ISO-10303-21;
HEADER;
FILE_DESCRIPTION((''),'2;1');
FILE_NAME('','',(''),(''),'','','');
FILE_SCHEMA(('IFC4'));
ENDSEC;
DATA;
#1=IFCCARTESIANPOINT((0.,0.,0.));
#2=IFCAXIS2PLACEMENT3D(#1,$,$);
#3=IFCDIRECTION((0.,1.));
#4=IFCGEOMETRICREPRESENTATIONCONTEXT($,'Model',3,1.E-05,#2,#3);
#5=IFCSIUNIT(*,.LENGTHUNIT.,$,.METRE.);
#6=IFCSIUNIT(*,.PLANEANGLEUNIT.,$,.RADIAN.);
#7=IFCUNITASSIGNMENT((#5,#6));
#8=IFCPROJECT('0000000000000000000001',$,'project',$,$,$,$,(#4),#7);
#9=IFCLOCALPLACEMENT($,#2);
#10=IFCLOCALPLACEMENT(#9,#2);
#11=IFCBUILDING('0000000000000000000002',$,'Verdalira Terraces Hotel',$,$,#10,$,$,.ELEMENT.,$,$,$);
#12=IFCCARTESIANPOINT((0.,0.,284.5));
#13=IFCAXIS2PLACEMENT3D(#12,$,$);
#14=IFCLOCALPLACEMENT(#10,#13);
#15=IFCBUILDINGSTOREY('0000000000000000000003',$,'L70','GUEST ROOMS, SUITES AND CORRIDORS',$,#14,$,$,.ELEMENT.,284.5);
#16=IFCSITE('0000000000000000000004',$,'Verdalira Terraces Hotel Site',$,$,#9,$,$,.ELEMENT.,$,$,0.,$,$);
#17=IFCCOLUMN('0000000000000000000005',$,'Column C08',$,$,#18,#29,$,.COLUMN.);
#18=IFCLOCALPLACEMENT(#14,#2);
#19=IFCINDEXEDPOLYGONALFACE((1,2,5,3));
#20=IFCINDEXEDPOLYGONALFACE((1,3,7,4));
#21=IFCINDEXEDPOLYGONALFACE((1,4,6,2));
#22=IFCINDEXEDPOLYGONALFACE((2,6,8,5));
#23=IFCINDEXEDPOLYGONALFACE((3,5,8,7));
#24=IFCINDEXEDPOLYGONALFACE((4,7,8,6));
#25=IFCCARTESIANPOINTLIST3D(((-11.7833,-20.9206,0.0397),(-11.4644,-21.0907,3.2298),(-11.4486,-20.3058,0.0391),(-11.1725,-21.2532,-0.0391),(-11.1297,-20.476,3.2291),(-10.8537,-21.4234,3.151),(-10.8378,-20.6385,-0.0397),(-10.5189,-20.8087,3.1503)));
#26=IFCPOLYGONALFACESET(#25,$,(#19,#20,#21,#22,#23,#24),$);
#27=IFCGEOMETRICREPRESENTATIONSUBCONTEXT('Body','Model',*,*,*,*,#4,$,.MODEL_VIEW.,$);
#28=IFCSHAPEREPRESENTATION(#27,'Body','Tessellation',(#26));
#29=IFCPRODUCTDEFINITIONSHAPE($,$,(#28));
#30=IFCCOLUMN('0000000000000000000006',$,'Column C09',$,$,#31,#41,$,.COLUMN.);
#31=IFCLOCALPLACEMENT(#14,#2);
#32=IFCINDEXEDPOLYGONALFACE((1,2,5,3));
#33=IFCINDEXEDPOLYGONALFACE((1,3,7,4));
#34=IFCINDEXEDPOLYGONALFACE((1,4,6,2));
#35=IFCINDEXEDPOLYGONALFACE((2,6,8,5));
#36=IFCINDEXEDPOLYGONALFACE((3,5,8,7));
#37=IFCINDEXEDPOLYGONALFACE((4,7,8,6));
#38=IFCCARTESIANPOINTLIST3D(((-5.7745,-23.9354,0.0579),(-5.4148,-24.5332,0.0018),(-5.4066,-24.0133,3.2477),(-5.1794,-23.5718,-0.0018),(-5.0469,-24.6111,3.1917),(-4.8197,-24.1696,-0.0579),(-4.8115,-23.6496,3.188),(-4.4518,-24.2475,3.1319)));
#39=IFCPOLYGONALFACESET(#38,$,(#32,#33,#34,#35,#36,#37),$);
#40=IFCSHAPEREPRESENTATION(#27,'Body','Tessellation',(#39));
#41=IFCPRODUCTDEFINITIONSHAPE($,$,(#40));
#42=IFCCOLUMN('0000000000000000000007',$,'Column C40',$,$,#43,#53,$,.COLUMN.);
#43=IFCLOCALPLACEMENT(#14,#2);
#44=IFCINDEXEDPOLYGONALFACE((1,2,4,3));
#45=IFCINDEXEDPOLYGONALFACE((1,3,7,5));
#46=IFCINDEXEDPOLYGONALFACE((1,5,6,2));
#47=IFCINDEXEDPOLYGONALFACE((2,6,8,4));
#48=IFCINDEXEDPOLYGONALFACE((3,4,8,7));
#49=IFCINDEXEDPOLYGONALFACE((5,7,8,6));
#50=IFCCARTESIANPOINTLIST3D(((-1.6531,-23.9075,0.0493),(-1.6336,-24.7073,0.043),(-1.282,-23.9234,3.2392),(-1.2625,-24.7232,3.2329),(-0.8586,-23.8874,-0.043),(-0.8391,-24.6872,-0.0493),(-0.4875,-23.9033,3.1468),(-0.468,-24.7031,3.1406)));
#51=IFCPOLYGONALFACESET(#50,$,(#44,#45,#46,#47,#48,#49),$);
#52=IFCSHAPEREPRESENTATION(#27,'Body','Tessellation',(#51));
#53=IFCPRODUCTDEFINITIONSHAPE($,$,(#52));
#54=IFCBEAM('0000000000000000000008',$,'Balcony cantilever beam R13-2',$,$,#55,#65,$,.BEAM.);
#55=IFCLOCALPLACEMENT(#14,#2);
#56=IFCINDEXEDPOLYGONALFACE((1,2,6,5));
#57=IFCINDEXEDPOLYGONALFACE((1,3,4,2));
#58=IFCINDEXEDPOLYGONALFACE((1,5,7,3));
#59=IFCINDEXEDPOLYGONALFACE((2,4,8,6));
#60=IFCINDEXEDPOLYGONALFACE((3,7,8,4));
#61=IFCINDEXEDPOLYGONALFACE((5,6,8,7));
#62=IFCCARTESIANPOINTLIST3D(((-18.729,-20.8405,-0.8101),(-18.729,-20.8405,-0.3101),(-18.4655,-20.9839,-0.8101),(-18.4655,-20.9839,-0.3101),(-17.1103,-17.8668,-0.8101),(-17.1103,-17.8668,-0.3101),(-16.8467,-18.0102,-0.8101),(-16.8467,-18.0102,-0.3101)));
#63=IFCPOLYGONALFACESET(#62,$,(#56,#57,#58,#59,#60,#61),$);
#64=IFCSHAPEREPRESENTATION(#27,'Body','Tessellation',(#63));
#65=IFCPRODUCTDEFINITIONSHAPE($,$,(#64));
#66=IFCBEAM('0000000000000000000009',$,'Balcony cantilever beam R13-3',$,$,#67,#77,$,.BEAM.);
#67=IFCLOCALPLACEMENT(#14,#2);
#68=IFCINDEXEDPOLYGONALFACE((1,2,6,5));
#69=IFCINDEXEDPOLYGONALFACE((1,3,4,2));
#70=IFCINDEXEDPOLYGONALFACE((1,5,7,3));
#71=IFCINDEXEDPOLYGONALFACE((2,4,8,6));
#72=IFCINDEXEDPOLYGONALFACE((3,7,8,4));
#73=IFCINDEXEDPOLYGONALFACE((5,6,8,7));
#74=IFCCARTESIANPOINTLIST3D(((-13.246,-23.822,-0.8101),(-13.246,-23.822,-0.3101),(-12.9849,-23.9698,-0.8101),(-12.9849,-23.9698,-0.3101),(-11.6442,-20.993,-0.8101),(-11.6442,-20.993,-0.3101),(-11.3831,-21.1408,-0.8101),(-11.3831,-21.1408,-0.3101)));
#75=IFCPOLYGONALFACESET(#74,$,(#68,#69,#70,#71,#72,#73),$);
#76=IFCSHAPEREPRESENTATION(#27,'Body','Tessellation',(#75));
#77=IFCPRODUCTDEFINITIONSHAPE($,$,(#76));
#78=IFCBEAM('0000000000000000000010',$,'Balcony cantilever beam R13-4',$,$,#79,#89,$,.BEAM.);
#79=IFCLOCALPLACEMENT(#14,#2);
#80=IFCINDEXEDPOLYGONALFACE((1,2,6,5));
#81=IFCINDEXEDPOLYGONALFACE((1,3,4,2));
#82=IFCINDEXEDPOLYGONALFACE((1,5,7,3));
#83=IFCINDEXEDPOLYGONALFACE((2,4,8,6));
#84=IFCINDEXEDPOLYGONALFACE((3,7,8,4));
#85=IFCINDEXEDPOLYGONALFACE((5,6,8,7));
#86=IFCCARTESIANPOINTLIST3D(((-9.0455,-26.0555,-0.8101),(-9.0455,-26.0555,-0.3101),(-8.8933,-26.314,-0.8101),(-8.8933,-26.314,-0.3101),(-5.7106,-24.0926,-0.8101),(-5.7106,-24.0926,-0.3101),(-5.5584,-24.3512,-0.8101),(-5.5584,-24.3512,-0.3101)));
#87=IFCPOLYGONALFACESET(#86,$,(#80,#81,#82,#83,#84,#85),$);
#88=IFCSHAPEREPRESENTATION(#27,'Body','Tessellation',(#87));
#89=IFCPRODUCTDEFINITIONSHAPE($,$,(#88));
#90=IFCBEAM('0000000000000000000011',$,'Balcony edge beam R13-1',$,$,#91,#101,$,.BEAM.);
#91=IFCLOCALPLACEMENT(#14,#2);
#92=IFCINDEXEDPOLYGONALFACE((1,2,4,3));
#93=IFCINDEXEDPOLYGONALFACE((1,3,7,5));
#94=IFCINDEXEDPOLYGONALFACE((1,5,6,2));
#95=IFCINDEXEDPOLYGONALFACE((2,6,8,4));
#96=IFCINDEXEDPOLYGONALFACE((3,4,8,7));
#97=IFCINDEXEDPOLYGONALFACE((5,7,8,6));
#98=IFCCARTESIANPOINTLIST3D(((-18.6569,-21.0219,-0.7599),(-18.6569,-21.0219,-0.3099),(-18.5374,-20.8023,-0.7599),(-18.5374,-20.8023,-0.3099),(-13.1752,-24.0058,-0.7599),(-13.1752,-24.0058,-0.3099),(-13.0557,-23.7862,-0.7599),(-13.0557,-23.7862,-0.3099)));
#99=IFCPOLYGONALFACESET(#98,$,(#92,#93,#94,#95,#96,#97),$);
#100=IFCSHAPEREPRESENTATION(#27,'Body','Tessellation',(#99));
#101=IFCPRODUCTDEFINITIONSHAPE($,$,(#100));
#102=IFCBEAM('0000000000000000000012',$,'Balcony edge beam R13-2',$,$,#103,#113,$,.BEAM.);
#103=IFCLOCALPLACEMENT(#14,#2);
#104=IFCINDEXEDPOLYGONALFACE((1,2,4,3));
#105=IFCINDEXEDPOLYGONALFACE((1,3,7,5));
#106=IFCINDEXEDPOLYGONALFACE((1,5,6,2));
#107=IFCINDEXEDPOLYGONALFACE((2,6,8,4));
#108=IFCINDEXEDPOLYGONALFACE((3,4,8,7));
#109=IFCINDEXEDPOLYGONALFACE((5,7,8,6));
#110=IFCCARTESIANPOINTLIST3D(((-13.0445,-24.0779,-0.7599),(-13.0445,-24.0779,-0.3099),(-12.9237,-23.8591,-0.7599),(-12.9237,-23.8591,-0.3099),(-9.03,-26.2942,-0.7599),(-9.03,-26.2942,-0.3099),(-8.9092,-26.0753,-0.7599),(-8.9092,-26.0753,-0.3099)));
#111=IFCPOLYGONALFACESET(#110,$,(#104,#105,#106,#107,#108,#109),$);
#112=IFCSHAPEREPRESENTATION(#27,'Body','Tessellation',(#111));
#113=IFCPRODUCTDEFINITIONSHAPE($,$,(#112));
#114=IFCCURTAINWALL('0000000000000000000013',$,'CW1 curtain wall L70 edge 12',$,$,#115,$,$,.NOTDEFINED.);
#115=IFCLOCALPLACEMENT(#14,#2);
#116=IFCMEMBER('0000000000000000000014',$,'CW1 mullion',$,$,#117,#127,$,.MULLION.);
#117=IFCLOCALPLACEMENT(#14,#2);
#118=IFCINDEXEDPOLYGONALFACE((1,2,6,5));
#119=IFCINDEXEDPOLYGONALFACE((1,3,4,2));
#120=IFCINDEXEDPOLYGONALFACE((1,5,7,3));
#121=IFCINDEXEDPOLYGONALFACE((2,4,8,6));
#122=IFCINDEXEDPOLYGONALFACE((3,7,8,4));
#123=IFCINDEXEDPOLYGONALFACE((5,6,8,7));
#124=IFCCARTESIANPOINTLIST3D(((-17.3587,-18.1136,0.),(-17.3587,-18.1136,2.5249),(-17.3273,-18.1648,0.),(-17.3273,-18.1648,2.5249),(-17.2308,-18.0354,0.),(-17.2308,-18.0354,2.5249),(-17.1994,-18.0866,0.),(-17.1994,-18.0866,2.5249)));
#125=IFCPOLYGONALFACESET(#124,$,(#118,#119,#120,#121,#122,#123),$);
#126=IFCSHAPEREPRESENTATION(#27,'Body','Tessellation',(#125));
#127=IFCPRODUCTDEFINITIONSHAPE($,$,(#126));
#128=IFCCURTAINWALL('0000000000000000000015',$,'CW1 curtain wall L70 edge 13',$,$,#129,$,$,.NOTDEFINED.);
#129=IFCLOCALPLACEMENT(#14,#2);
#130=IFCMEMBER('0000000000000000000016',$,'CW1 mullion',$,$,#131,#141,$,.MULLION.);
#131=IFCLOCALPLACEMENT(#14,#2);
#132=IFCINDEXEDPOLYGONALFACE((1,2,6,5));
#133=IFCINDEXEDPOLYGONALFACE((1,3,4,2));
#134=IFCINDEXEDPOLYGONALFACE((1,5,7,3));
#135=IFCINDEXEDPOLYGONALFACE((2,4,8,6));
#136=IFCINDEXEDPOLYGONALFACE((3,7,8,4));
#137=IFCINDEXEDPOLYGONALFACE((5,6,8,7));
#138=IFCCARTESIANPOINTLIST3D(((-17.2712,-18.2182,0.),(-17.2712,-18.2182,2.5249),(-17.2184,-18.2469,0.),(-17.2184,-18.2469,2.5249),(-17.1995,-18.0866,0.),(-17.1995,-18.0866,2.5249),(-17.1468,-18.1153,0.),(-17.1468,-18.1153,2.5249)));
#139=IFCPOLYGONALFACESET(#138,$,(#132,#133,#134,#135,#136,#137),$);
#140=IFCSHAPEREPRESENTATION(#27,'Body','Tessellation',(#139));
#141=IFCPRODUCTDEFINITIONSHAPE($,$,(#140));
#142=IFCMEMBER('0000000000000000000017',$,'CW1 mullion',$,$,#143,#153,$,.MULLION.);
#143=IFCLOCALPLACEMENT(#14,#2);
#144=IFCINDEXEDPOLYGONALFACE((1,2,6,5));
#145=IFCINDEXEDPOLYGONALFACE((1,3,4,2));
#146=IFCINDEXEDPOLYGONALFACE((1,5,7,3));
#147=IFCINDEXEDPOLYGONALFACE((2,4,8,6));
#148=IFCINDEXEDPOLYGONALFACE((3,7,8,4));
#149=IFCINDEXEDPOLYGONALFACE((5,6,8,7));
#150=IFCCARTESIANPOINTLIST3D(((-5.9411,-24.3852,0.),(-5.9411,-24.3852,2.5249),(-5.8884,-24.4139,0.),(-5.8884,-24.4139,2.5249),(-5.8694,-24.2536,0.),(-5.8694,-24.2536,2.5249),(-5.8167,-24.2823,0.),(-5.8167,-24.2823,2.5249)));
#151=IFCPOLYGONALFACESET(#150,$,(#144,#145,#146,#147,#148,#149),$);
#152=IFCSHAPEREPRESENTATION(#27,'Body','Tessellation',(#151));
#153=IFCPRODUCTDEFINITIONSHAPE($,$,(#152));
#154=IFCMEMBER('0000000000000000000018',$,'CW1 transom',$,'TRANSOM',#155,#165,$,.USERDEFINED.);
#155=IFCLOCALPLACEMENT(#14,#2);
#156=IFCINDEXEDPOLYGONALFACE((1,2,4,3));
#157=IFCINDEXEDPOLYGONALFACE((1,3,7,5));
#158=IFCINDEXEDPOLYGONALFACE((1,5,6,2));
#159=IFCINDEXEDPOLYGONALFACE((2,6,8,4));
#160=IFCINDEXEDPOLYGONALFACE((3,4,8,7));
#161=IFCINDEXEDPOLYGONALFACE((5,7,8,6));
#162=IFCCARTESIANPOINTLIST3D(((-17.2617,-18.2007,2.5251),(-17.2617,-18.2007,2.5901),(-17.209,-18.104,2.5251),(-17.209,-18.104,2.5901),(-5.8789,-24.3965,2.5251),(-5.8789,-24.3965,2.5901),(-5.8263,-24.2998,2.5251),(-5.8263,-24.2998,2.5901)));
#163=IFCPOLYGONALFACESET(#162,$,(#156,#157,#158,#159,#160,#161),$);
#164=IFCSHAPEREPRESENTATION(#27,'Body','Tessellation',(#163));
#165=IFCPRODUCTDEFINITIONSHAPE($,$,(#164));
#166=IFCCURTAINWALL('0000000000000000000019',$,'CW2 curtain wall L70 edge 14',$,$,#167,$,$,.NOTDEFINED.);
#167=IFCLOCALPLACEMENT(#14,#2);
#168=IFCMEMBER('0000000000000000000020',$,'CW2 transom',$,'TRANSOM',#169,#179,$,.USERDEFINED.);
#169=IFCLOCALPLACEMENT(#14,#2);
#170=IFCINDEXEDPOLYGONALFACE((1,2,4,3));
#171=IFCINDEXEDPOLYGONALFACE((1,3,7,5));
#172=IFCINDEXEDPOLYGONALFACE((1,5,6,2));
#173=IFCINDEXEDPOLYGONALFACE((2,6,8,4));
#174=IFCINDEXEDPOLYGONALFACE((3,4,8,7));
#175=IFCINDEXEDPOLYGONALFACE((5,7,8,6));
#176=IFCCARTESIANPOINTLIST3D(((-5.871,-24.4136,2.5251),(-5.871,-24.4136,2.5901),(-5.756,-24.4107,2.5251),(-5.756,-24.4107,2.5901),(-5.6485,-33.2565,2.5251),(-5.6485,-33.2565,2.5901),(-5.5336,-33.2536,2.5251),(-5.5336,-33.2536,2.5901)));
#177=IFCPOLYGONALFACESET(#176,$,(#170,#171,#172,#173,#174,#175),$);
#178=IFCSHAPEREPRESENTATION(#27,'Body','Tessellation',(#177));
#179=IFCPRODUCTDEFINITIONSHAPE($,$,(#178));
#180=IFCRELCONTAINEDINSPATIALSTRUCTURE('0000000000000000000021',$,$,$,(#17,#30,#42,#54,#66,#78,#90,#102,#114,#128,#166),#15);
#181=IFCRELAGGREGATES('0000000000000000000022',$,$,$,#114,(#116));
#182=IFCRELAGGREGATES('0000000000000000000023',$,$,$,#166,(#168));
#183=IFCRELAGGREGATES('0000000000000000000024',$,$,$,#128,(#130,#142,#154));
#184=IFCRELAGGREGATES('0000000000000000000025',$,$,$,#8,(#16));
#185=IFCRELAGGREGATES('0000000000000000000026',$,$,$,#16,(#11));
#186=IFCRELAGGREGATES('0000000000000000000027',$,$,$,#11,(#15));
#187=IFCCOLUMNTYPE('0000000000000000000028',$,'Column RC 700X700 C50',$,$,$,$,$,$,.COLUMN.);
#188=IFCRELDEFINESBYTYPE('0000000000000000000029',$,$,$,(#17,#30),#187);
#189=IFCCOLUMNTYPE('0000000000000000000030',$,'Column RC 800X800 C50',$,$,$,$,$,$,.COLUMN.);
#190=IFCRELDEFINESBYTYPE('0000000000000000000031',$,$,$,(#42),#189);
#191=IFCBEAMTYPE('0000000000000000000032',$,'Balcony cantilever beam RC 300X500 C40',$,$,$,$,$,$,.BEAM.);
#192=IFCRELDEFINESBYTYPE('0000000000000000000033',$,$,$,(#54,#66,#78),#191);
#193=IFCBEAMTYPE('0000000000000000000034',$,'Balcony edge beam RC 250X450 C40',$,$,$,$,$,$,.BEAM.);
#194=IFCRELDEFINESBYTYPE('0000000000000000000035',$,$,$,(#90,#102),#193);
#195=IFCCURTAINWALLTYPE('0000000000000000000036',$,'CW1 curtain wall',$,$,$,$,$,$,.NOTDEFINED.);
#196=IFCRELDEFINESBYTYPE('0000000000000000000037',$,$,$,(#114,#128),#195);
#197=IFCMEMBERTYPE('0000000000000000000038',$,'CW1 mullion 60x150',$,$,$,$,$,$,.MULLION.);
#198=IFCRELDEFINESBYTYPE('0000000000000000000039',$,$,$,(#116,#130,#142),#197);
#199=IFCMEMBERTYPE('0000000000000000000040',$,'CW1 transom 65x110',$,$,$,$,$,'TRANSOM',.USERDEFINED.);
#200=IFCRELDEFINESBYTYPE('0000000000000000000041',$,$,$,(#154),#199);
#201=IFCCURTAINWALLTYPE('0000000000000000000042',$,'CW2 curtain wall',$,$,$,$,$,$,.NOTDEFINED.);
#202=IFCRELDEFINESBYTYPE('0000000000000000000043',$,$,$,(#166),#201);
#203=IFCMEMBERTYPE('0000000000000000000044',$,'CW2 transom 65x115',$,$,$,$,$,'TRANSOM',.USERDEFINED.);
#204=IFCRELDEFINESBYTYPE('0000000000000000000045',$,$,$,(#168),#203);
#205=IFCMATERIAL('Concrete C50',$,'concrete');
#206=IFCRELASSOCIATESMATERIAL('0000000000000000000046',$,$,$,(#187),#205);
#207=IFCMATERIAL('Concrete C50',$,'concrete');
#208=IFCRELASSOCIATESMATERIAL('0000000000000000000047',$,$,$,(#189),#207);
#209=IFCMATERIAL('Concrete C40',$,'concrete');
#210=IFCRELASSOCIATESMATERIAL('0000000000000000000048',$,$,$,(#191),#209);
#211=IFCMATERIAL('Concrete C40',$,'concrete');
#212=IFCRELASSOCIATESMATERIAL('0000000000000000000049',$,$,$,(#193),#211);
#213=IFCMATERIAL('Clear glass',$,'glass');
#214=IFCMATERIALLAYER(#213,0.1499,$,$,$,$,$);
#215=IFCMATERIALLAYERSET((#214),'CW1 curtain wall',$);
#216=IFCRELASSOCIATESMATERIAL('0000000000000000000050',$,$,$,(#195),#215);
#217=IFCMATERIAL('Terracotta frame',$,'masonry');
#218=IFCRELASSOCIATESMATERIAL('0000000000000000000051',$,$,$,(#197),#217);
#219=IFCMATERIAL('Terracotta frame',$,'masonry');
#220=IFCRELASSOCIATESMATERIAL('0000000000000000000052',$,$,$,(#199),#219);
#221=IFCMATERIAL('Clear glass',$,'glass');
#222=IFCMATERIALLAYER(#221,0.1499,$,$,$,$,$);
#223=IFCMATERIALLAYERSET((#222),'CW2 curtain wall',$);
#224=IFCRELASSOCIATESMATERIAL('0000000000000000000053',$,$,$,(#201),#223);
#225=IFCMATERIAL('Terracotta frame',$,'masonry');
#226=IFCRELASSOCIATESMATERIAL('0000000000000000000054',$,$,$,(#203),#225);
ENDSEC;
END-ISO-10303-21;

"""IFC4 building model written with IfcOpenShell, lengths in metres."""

from ifc_helpers import new_model, si_unit, direction, frame, origin, origin_2d, place, context, subcontext, project, spatial, rectangle, extrude, material, layer, layer_set, material_profile, profile_set, type_object, element, aggregate, save


model = new_model("IFC4")

# Units and contexts
model_context = context("Model", 3, precision=1e-05, world=origin(), true_north=direction((0.0, 1.0)))
body_context = subcontext(model_context, "Body", "Model", "MODEL_VIEW")
ifc_project = project(units=[si_unit("LENGTHUNIT", "METRE"), si_unit("PLANEANGLEUNIT", "RADIAN")], contexts=[model_context])

# Site, building, storey
site_placement = place(None, origin())
site = spatial("IfcSite", under=ifc_project, at=site_placement, Name="Verdalira Terraces Hotel Site", CompositionType="ELEMENT", RefElevation=0.0)
building_placement = place(site_placement, origin())
building = spatial("IfcBuilding", under=site, at=building_placement, Name="Verdalira Terraces Hotel", CompositionType="ELEMENT")
storey_placement = place(building_placement, frame((0.0, 0.0, 284.5)))
storey = spatial("IfcBuildingStorey", under=building, at=storey_placement, Name="L70", Description="GUEST ROOMS, SUITES AND CORRIDORS", CompositionType="ELEMENT", Elevation=284.5)

# Columns
ifc_material_1 = material(Name="Concrete C50", Category="concrete")
ifc_material_profile_1 = material_profile(ifc_material_1, rectangle(XDim=0.7, YDim=0.7, at=origin_2d()), Name="RC 700X700")
ifc_profile_set_1 = profile_set([ifc_material_profile_1], Name="Concrete C50")
column_type_1 = type_object("IfcColumnType", Name="Column RC 700X700 C50", PredefinedType="COLUMN", material=ifc_profile_set_1)
column_1_placement = place(storey_placement, frame((-11.3105, -20.7795, 0.0), z_axis=(0.099319, -0.053005, 0.993643), x_axis=(0.872613, -0.475262, -0.112574)))
element("IfcColumn", 1, at=column_1_placement, inside=storey, type_object=column_type_1, Name="Column C08", PredefinedType="COLUMN", context=body_context, shape_type="SweptSolid", body=[
    extrude(rectangle(XDim=0.7, YDim=0.7, at=origin_2d()), origin(), (0.0, 0.0, 1.0), 3.2104),
])
column_2_placement = place(storey_placement, frame((-5.2971, -24.0525, 0.0), z_axis=(0.114544, -0.024247, 0.993122), x_axis=(-0.513885, 0.854109, 0.080123)))
element("IfcColumn", 2, at=column_2_placement, inside=storey, type_object=column_type_1, Name="Column C09", PredefinedType="COLUMN", context=body_context, shape_type="SweptSolid", body=[
    extrude(rectangle(XDim=0.7, YDim=0.7, at=origin_2d()), origin(), (0.0, 0.0, 1.0), 3.2119),
])
ifc_material_2 = material(Name="Concrete C50", Category="concrete")
ifc_material_profile_2 = material_profile(ifc_material_2, rectangle(XDim=0.8, YDim=0.8, at=origin_2d()), Name="RC 800X800")
ifc_profile_set_2 = profile_set([ifc_material_profile_2], Name="Concrete C50")
column_type_2 = type_object("IfcColumnType", Name="Column RC 800X800 C50", PredefinedType="COLUMN", material=ifc_profile_set_2)
column_3_placement = place(storey_placement, frame((-1.2461, -24.2974, 0.0), z_axis=(0.115552, -0.004941, 0.993289), x_axis=(0.024354, -0.999673, -0.007806)))
element("IfcColumn", 3, at=column_3_placement, inside=storey, type_object=column_type_2, Name="Column C40", PredefinedType="COLUMN", context=body_context, shape_type="SweptSolid", body=[
    extrude(rectangle(XDim=0.8, YDim=0.8, at=origin_2d()), origin(), (0.0, 0.0, 1.0), 3.2114),
])

# Beams
ifc_material_3 = material(Name="Concrete C40", Category="concrete")
ifc_material_profile_3 = material_profile(ifc_material_3, rectangle(XDim=0.3, YDim=0.5, at=origin_2d()), Name="RC 300X500")
ifc_profile_set_3 = profile_set([ifc_material_profile_3], Name="Concrete C40")
beam_type_1 = type_object("IfcBeamType", Name="Balcony cantilever beam RC 300X500 C40", PredefinedType="BEAM", material=ifc_profile_set_3)
beam_1_placement = place(storey_placement, frame((-16.9785, -17.9385, -0.5601), z_axis=(-0.478094, -0.878309, 0.0), x_axis=(0.878309, -0.478094, 0.0)))
element("IfcBeam", 4, at=beam_1_placement, inside=storey, type_object=beam_type_1, Name="Balcony cantilever beam R13-2", PredefinedType="BEAM", context=body_context, shape_type="SweptSolid", body=[
    extrude(rectangle(XDim=0.3, YDim=0.5, at=origin_2d()), origin(), (0.0, 0.0, 1.0), 3.3857),
])
beam_2_placement = place(storey_placement, frame((-11.5137, -21.0669, -0.5601), z_axis=(-0.492698, -0.8702, 0.0), x_axis=(0.8702, -0.492698, 0.0)))
element("IfcBeam", 5, at=beam_2_placement, inside=storey, type_object=beam_type_1, Name="Balcony cantilever beam R13-3", PredefinedType="BEAM", context=body_context, shape_type="SweptSolid", body=[
    extrude(rectangle(XDim=0.3, YDim=0.5, at=origin_2d()), origin(), (0.0, 0.0, 1.0), 3.251),
])
beam_3_placement = place(storey_placement, frame((-5.6345, -24.2219, -0.5601), z_axis=(-0.861804, -0.507241, 0.0), x_axis=(0.507241, -0.861804, 0.0)))
element("IfcBeam", 6, at=beam_3_placement, inside=storey, type_object=beam_type_1, Name="Balcony cantilever beam R13-4", PredefinedType="BEAM", context=body_context, shape_type="SweptSolid", body=[
    extrude(rectangle(XDim=0.3, YDim=0.5, at=origin_2d()), origin(), (0.0, 0.0, 1.0), 3.8696),
])
ifc_material_4 = material(Name="Concrete C40", Category="concrete")
ifc_material_profile_4 = material_profile(ifc_material_4, rectangle(XDim=0.25, YDim=0.45, at=origin_2d()), Name="RC 250X450")
ifc_profile_set_4 = profile_set([ifc_material_profile_4], Name="Concrete C40")
beam_type_2 = type_object("IfcBeamType", Name="Balcony edge beam RC 250X450 C40", PredefinedType="BEAM", material=ifc_profile_set_4)
beam_4_placement = place(storey_placement, frame((-18.5972, -20.9121, -0.5349), z_axis=(0.878308, -0.478096, 0.0), x_axis=(0.478096, 0.878308, 0.0)))
element("IfcBeam", 7, at=beam_4_placement, inside=storey, type_object=beam_type_2, Name="Balcony edge beam R13-1", PredefinedType="BEAM", context=body_context, shape_type="SweptSolid", body=[
    extrude(rectangle(XDim=0.25, YDim=0.45, at=origin_2d()), origin(), (0.0, 0.0, 1.0), 6.2412),
])
beam_5_placement = place(storey_placement, frame((-12.9841, -23.9685, -0.5349), z_axis=(0.875455, -0.4833, 0.0), x_axis=(0.4833, 0.875455, 0.0)))
element("IfcBeam", 8, at=beam_5_placement, inside=storey, type_object=beam_type_2, Name="Balcony edge beam R13-2", PredefinedType="BEAM", context=body_context, shape_type="SweptSolid", body=[
    extrude(rectangle(XDim=0.25, YDim=0.45, at=origin_2d()), origin(), (0.0, 0.0, 1.0), 4.5857),
])

# Curtain wall, member
ifc_material_5 = material(Name="Clear glass", Category="glass")
ifc_layer_1 = layer(ifc_material_5, 0.1499)
ifc_layer_set_1 = layer_set([ifc_layer_1], Name="CW1 curtain wall")
curtain_wall_type_1 = type_object("IfcCurtainWallType", Name="CW1 curtain wall", PredefinedType="NOTDEFINED", material=ifc_layer_set_1)
curtain_wall_1_placement = place(storey_placement, origin())
curtain_wall_1 = element("IfcCurtainWall", 9, at=curtain_wall_1_placement, inside=storey, type_object=curtain_wall_type_1, Name="CW1 curtain wall L70 edge 12", PredefinedType="NOTDEFINED")
ifc_material_6 = material(Name="Terracotta frame", Category="masonry")
ifc_material_profile_5 = material_profile(ifc_material_6, rectangle(XDim=0.0601, YDim=0.1499, at=origin_2d()), Name="MU 60x150")
ifc_profile_set_5 = profile_set([ifc_material_profile_5], Name="Terracotta frame")
member_type_1 = type_object("IfcMemberType", Name="CW1 mullion 60x150", PredefinedType="MULLION", material=ifc_profile_set_5)
member_1_placement = place(storey_placement, frame((-17.2791, -18.1001, 0.0), z_axis=(0.0, 0.0, 1.0), x_axis=(0.521605, -0.853187, 0.0)))
member_1 = element("IfcMember", 10, at=member_1_placement, type_object=member_type_1, Name="CW1 mullion", PredefinedType="MULLION", context=body_context, shape_type="SweptSolid", body=[
    extrude(rectangle(XDim=0.0601, YDim=0.1499, at=origin_2d()), origin(), (0.0, 0.0, 1.0), 2.5249),
])
aggregate(curtain_wall_1, [member_1])

# Curtain wall, members
curtain_wall_2_placement = place(storey_placement, origin())
curtain_wall_2 = element("IfcCurtainWall", 11, at=curtain_wall_2_placement, inside=storey, type_object=curtain_wall_type_1, Name="CW1 curtain wall L70 edge 13", PredefinedType="NOTDEFINED")
member_2_placement = place(storey_placement, frame((-17.209, -18.1667, 0.0), z_axis=(0.0, 0.0, 1.0), x_axis=(0.878317, -0.478079, 0.0)))
member_2 = element("IfcMember", 12, at=member_2_placement, type_object=member_type_1, Name="CW1 mullion", PredefinedType="MULLION", context=body_context, shape_type="SweptSolid", body=[
    extrude(rectangle(XDim=0.0601, YDim=0.1499, at=origin_2d()), origin(), (0.0, 0.0, 1.0), 2.5249),
])
member_3_placement = place(storey_placement, frame((-5.8789, -24.3337, 0.0), z_axis=(0.0, 0.0, 1.0), x_axis=(0.878317, -0.478079, 0.0)))
member_3 = element("IfcMember", 13, at=member_3_placement, type_object=member_type_1, Name="CW1 mullion", PredefinedType="MULLION", context=body_context, shape_type="SweptSolid", body=[
    extrude(rectangle(XDim=0.0601, YDim=0.1499, at=origin_2d()), origin(), (0.0, 0.0, 1.0), 2.5249),
])
ifc_material_7 = material(Name="Terracotta frame", Category="masonry")
ifc_material_profile_6 = material_profile(ifc_material_7, rectangle(XDim=0.1101, YDim=0.0649, at=origin_2d()), Name="TR 65x110")
ifc_profile_set_6 = profile_set([ifc_material_profile_6], Name="Terracotta frame")
member_type_2 = type_object("IfcMemberType", Name="CW1 transom 65x110", ElementType="TRANSOM", PredefinedType="USERDEFINED", material=ifc_profile_set_6)
member_4_placement = place(storey_placement, frame((-17.2354, -18.1523, 2.5576), z_axis=(0.878317, -0.478078, 0.0), x_axis=(0.478078, 0.878317, 0.0)))
member_4 = element("IfcMember", 14, at=member_4_placement, type_object=member_type_2, Name="CW1 transom", ObjectType="TRANSOM", PredefinedType="USERDEFINED", context=body_context, shape_type="SweptSolid", body=[
    extrude(rectangle(XDim=0.1101, YDim=0.0649, at=origin_2d()), origin(), (0.0, 0.0, 1.0), 12.9597),
])

# Curtain wall, member
ifc_material_8 = material(Name="Clear glass", Category="glass")
ifc_layer_2 = layer(ifc_material_8, 0.1499)
ifc_layer_set_2 = layer_set([ifc_layer_2], Name="CW2 curtain wall")
curtain_wall_type_2 = type_object("IfcCurtainWallType", Name="CW2 curtain wall", PredefinedType="NOTDEFINED", material=ifc_layer_set_2)
curtain_wall_3_placement = place(storey_placement, origin())
curtain_wall_3 = element("IfcCurtainWall", 15, at=curtain_wall_3_placement, inside=storey, type_object=curtain_wall_type_2, Name="CW2 curtain wall L70 edge 14", PredefinedType="NOTDEFINED")
ifc_material_9 = material(Name="Terracotta frame", Category="masonry")
ifc_material_profile_7 = material_profile(ifc_material_9, rectangle(XDim=0.115, YDim=0.0649, at=origin_2d()), Name="TR 65x115")
ifc_profile_set_7 = profile_set([ifc_material_profile_7], Name="Terracotta frame")
member_type_3 = type_object("IfcMemberType", Name="CW2 transom 65x115", ElementType="TRANSOM", PredefinedType="USERDEFINED", material=ifc_profile_set_7)
member_5_placement = place(storey_placement, frame((-5.8135, -24.4121, 2.5576), z_axis=(0.025143, -0.999684, 0.0), x_axis=(0.999684, 0.025143, 0.0)))
member_5 = element("IfcMember", 16, at=member_5_placement, type_object=member_type_3, Name="CW2 transom", ObjectType="TRANSOM", PredefinedType="USERDEFINED", context=body_context, shape_type="SweptSolid", body=[
    extrude(rectangle(XDim=0.115, YDim=0.0649, at=origin_2d()), origin(), (0.0, 0.0, 1.0), 8.8457),
])
aggregate(curtain_wall_3, [member_5])

aggregate(curtain_wall_2, [member_2, member_3, member_4])

save(model, "model.ifc")
